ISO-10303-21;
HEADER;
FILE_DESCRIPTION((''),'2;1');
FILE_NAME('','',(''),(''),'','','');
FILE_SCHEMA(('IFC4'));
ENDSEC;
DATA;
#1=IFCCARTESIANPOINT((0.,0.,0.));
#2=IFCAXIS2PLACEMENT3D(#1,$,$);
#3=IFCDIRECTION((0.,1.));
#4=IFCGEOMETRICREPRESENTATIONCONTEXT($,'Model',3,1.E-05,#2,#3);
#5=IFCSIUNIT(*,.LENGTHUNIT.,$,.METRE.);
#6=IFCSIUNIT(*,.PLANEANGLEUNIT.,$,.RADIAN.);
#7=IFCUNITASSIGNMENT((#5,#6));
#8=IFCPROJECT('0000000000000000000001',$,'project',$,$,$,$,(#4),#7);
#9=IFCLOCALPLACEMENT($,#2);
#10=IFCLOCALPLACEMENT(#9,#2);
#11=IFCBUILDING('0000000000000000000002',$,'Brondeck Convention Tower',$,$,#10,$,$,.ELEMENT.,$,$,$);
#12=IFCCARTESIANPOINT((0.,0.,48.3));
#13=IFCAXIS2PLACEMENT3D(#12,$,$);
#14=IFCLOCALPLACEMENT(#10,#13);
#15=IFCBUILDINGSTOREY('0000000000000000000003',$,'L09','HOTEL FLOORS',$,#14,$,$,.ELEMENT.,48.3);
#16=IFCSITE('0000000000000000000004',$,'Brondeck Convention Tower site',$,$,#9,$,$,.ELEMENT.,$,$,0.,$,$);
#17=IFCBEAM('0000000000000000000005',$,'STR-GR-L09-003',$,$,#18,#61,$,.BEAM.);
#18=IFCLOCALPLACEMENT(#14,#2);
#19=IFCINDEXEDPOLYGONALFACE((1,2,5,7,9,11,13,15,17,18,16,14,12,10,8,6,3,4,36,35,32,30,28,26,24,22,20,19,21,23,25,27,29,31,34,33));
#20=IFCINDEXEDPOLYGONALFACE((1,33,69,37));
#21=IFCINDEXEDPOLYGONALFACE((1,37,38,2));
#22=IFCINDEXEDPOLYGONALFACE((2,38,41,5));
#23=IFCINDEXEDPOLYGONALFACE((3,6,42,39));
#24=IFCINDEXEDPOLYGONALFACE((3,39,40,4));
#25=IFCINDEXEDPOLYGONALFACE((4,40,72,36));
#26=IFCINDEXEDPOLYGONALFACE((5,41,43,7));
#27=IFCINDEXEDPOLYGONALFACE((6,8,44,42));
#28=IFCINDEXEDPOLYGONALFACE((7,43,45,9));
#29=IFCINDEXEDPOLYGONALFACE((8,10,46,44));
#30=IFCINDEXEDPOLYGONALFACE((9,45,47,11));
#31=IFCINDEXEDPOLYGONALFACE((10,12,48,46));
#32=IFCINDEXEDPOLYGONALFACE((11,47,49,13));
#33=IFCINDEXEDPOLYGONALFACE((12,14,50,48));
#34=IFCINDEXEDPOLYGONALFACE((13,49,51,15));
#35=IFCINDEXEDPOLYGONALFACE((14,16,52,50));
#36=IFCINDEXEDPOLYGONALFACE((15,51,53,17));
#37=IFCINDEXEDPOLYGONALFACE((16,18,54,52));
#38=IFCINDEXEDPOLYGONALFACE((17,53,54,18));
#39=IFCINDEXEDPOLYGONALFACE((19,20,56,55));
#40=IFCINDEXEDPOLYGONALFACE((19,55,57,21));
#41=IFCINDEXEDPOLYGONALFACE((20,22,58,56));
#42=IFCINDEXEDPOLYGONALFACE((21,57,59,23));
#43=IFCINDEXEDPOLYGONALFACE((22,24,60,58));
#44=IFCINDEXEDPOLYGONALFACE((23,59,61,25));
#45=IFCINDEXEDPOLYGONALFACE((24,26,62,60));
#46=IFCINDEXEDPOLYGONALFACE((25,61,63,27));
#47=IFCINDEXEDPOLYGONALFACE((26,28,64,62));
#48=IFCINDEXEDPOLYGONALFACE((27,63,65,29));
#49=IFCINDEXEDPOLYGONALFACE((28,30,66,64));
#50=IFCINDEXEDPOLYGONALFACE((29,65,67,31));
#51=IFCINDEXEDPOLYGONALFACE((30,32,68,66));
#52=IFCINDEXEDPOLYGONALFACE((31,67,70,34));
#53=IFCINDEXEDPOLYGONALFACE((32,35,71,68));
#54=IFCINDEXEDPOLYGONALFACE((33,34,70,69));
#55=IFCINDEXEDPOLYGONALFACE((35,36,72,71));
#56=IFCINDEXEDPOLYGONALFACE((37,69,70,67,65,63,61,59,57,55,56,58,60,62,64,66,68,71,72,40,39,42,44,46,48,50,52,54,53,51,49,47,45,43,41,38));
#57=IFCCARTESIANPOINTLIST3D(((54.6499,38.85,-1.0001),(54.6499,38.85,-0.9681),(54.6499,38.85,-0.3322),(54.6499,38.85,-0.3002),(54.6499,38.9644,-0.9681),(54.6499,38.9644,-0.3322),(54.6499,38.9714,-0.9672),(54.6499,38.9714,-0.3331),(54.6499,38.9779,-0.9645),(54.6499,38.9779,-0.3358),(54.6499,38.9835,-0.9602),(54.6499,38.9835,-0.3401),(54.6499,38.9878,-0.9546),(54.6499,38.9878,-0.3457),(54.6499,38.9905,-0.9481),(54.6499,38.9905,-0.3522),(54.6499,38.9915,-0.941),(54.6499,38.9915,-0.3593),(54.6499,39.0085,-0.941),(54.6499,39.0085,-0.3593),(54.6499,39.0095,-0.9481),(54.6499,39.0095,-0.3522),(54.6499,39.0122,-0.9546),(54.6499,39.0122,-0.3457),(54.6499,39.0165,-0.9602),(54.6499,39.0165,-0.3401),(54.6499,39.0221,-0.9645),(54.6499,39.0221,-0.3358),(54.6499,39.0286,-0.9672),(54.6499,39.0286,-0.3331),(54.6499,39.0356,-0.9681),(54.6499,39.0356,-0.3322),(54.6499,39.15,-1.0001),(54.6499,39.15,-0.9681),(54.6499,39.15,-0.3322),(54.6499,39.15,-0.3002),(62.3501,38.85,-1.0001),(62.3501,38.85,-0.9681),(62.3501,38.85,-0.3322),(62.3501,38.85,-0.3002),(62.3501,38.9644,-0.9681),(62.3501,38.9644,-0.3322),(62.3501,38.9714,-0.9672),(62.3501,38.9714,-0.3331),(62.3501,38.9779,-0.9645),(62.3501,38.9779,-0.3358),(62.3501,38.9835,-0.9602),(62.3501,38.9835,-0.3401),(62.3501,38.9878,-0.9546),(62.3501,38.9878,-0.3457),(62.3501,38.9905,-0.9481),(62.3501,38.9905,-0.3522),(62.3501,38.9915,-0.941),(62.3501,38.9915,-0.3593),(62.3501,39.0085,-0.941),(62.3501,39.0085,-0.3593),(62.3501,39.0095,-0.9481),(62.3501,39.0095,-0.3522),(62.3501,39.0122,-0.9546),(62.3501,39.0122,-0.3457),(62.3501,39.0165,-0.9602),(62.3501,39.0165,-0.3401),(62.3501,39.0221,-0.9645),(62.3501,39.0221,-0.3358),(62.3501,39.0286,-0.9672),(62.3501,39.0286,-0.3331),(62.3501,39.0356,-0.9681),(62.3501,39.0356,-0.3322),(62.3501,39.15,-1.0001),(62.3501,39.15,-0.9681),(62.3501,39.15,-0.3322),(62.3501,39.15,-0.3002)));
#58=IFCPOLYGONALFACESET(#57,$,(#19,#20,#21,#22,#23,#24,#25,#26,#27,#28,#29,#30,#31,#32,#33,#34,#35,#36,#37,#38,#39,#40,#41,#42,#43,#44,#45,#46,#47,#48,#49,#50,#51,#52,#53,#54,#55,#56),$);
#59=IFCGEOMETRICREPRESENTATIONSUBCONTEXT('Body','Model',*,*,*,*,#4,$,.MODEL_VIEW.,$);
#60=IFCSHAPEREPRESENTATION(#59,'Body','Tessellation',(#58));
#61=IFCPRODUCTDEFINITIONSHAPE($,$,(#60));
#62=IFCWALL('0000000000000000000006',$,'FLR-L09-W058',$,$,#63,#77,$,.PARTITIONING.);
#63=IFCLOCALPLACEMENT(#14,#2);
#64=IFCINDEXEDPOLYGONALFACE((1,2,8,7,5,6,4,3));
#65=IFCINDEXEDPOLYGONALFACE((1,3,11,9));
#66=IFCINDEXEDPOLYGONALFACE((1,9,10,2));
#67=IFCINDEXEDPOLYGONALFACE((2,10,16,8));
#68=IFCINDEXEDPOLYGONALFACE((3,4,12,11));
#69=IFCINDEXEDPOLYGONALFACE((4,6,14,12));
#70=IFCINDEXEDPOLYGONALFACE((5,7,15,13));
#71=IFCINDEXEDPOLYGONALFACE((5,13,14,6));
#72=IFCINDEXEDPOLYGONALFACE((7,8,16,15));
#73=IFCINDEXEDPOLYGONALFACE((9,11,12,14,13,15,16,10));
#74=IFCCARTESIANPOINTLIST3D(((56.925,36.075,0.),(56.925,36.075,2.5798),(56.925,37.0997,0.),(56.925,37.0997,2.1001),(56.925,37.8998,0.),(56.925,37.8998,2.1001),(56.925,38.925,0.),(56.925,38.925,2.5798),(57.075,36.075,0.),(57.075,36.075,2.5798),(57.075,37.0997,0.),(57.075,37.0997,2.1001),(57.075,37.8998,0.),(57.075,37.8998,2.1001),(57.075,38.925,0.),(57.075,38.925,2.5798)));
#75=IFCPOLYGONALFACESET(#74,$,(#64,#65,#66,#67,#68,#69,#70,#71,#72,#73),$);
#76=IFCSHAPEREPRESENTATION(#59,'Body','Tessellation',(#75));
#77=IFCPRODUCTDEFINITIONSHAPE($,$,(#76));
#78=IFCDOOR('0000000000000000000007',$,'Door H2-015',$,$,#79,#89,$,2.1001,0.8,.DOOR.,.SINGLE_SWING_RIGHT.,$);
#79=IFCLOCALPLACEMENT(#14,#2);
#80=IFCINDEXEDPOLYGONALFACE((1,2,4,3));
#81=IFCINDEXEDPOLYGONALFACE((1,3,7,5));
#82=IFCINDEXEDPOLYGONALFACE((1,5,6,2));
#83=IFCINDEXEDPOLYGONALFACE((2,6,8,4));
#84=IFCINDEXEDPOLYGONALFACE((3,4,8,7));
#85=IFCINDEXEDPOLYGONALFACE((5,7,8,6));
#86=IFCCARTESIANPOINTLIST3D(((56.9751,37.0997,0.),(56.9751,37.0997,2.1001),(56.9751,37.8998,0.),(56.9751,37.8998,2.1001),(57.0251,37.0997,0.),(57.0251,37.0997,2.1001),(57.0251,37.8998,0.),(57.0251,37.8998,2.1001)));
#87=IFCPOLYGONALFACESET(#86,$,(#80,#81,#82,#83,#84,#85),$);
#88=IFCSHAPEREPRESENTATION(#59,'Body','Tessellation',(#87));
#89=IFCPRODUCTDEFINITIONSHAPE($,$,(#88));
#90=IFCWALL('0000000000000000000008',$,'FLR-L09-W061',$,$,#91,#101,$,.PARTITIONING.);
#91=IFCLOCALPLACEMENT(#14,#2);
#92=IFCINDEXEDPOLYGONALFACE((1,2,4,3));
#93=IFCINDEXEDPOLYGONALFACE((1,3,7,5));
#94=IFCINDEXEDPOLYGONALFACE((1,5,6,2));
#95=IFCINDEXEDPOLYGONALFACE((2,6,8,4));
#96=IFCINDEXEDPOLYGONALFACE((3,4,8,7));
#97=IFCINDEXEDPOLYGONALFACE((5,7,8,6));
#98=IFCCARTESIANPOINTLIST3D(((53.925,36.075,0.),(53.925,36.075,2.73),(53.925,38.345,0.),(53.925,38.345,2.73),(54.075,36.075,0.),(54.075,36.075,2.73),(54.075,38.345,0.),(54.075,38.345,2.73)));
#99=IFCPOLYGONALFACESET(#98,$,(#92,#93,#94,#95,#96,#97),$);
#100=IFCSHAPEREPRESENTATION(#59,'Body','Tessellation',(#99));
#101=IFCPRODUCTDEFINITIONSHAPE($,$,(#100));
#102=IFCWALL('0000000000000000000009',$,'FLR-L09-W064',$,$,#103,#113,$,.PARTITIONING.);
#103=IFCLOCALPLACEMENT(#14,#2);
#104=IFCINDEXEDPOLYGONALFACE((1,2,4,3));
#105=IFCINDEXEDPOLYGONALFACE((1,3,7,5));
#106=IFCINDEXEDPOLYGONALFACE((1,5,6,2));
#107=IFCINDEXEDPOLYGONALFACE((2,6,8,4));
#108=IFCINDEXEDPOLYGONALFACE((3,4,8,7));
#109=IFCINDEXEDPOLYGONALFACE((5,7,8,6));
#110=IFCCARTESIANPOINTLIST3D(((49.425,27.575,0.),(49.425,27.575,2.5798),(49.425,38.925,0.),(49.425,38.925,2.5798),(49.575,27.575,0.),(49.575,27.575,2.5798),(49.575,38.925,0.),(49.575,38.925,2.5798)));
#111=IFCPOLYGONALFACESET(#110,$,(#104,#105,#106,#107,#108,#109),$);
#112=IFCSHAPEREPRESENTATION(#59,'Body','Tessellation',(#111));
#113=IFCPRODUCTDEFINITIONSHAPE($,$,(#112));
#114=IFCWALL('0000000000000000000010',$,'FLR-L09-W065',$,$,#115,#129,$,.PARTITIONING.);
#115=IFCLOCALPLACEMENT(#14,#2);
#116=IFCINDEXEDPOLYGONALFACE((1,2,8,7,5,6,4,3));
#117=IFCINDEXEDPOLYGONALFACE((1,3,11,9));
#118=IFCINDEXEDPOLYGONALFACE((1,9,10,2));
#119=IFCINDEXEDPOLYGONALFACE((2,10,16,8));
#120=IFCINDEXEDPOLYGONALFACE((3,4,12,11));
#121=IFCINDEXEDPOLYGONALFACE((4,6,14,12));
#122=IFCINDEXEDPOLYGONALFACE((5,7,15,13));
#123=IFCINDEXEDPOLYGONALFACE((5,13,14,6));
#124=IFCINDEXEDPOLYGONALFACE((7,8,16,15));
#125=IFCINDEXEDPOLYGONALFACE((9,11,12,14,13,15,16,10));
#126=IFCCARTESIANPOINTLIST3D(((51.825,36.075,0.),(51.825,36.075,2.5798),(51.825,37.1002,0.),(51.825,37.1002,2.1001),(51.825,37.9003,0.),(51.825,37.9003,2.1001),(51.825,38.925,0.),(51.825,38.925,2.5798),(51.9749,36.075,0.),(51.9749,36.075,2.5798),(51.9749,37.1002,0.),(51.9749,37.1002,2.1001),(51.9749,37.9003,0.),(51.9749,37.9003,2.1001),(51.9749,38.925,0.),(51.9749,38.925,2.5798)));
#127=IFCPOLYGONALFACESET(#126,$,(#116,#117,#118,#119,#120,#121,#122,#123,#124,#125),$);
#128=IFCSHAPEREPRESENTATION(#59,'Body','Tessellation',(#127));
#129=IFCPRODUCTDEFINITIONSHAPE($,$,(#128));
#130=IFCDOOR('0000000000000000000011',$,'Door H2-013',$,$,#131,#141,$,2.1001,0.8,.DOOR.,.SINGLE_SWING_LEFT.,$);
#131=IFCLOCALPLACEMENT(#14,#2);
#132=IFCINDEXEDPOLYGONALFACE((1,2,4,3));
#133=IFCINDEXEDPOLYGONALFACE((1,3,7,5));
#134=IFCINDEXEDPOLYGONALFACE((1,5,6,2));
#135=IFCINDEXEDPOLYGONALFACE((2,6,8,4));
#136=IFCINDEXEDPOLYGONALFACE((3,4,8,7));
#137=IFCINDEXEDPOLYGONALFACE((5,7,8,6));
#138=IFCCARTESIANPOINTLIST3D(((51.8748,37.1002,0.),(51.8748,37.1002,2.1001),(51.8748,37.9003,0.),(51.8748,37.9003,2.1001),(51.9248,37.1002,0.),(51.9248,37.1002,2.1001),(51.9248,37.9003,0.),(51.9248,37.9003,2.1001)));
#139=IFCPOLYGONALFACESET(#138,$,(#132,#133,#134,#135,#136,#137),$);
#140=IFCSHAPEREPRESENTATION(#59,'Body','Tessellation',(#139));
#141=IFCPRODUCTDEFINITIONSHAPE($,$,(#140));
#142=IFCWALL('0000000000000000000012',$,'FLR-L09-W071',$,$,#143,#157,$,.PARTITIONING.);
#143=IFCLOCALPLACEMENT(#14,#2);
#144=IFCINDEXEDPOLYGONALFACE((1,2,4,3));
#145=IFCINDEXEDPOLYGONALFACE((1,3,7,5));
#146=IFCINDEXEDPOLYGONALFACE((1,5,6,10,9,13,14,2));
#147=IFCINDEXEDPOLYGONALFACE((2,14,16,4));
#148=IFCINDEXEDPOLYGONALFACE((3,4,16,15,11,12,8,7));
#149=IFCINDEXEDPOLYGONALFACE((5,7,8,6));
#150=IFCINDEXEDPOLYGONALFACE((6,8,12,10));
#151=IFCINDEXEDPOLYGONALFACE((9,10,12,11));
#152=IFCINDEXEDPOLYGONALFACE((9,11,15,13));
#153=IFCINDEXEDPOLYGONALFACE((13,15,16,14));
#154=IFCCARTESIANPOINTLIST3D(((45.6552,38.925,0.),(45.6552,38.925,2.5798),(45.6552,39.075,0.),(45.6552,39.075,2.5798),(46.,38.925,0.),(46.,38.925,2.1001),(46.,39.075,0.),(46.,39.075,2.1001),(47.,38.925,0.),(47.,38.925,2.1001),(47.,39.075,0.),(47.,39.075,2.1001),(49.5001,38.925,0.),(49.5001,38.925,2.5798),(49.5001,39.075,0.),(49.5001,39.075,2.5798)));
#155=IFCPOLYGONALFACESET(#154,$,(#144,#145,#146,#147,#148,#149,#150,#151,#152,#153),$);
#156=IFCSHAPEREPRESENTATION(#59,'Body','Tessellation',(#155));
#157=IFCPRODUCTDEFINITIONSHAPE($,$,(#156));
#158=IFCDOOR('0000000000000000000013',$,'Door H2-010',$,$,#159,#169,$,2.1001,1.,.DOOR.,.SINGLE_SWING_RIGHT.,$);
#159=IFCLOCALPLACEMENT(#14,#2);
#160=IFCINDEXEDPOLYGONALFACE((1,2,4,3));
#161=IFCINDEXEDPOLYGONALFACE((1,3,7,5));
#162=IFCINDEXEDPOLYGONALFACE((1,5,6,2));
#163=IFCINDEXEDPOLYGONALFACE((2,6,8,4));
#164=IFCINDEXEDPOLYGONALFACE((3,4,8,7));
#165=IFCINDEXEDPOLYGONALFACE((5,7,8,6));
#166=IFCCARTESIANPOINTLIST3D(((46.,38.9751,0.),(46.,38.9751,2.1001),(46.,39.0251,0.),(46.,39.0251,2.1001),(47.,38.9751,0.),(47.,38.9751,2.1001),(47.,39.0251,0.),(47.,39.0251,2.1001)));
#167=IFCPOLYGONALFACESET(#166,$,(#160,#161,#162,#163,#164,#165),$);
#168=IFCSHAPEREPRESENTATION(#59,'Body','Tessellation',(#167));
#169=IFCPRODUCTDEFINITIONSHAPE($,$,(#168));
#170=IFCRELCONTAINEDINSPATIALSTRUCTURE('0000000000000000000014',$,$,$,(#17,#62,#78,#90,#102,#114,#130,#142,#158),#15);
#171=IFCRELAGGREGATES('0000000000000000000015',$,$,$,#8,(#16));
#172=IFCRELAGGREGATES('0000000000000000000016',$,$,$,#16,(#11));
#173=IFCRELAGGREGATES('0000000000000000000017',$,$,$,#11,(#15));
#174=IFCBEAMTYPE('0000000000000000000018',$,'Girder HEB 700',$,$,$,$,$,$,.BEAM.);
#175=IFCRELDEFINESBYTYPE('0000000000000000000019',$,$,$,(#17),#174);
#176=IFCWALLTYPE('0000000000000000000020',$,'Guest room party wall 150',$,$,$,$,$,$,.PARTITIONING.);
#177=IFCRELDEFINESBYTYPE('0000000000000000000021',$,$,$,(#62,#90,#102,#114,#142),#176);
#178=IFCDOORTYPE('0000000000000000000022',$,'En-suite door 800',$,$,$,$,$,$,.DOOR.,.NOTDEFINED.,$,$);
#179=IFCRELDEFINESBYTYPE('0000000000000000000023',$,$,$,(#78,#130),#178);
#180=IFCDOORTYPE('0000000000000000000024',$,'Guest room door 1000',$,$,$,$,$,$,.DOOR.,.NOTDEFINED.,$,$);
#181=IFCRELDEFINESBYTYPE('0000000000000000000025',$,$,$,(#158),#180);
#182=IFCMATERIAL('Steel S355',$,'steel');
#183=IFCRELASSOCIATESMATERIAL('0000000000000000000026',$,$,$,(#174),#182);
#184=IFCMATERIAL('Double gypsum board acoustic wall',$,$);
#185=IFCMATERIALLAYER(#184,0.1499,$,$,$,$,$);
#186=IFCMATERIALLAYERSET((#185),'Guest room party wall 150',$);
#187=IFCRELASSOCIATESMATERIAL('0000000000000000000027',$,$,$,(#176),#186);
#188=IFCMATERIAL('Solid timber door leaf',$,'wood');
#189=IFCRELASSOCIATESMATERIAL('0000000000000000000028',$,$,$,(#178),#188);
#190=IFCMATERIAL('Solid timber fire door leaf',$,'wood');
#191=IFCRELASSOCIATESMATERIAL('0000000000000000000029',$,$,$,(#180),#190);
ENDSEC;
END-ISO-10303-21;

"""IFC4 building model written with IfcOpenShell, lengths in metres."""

from ifc_helpers import new_model, si_unit, direction, frame, frame_2d, origin, origin_2d, place, context, subcontext, project, spatial, rectangle, i_section, extrude, material, layer, layer_set, material_profile, profile_set, type_object, element, fill, save


model = new_model("IFC4")

# Units and contexts
model_context = context("Model", 3, precision=1e-05, world=origin(), true_north=direction((0.0, 1.0)))
body_context = subcontext(model_context, "Body", "Model", "MODEL_VIEW")
ifc_project = project(units=[si_unit("LENGTHUNIT", "METRE"), si_unit("PLANEANGLEUNIT", "RADIAN")], contexts=[model_context])

# Site, building, storey
site_placement = place(None, origin())
site = spatial("IfcSite", under=ifc_project, at=site_placement, Name="Brondeck Convention Tower site", CompositionType="ELEMENT", RefElevation=0.0)
building_placement = place(site_placement, origin())
building = spatial("IfcBuilding", under=site, at=building_placement, Name="Brondeck Convention Tower", CompositionType="ELEMENT")
storey_placement = place(building_placement, frame((0.0, 0.0, 48.3)))
storey = spatial("IfcBuildingStorey", under=building, at=storey_placement, Name="L09", Description="HOTEL FLOORS", CompositionType="ELEMENT", Elevation=48.3)

# Beam
ifc_material_1 = material(Name="Steel S355", Category="steel")
ifc_material_profile_1 = material_profile(ifc_material_1, i_section(OverallWidth=0.3, OverallDepth=0.7, WebThickness=0.0171, FlangeThickness=0.032, FilletRadius=0.0271, at=origin_2d()), Name="HEB 700")
ifc_profile_set_1 = profile_set([ifc_material_profile_1], Name="Steel S355")
beam_type_1 = type_object("IfcBeamType", Name="Girder HEB 700", PredefinedType="BEAM", material=ifc_profile_set_1)
for number, where, z_axis, x_axis, name in (
    (1, (54.6499, 39.0, -0.6501), (1.0, 0.0, 0.0), (0.0, 1.0, 0.0), "STR-GR-L09-003"),
):
    element("IfcBeam", number, at=place(storey_placement, frame(where, z_axis=z_axis, x_axis=x_axis)), inside=storey, type_object=beam_type_1, Name=name, PredefinedType="BEAM", context=body_context, shape_type="SweptSolid", body=[
        extrude(i_section(OverallWidth=0.3, OverallDepth=0.7, WebThickness=0.0171, FlangeThickness=0.032, FilletRadius=0.0271, at=origin_2d()), origin(), (0.0, 0.0, 1.0), 7.7002),
    ])

# Wall, opening, door
ifc_material_2 = material(Name="Double gypsum board acoustic wall")
ifc_layer_1 = layer(ifc_material_2, 0.1499)
ifc_layer_set_1 = layer_set([ifc_layer_1], Name="Guest room party wall 150")
wall_type_1 = type_object("IfcWallType", Name="Guest room party wall 150", PredefinedType="PARTITIONING", material=ifc_layer_set_1)
wall_1_placement = place(storey_placement, frame((57.0, 36.075, 0.0), z_axis=(0.0, 0.0, 1.0), x_axis=(0.0, 1.0, 0.0)))
wall_1 = element("IfcWall", 2, at=wall_1_placement, inside=storey, type_object=wall_type_1, Name="FLR-L09-W058", PredefinedType="PARTITIONING", context=body_context, shape_type="SweptSolid", body=[
    extrude(rectangle(XDim=2.8501, YDim=0.1499, at=frame_2d((1.425, 0.0))), origin(), (0.0, 0.0, 1.0), 2.5798),
])
opening_1_placement = place(wall_1_placement, frame((1.0249, 0.0, 0.0)))
opening_1 = element("IfcOpeningElement", 3, at=opening_1_placement, cuts=wall_1, PredefinedType="OPENING", context=body_context, shape_type="SweptSolid", body=[
    extrude(rectangle(XDim=0.8, YDim=2.1001, at=frame_2d((0.3999, 1.05))), frame((0.0, 0.085, 0.0), z_axis=(0.0, -1.0, 0.0), x_axis=(1.0, 0.0, 0.0)), (0.0, 0.0, 1.0), 0.1699),
])
ifc_material_3 = material(Name="Solid timber door leaf", Category="wood")
door_type_1 = type_object("IfcDoorType", Name="En-suite door 800", OperationType="NOTDEFINED", PredefinedType="DOOR", material=ifc_material_3)
door_1_placement = place(opening_1_placement, origin())
door_1 = element("IfcDoor", 4, at=door_1_placement, inside=storey, type_object=door_type_1, Name="Door H2-015", OperationType="SINGLE_SWING_RIGHT", OverallHeight=2.1001, OverallWidth=0.8, PredefinedType="DOOR", context=body_context, shape_type="SweptSolid", body=[
    extrude(rectangle(XDim=0.8, YDim=2.1001, at=frame_2d((0.3999, 1.05))), frame((0.0, 0.0249, 0.0), z_axis=(0.0, -1.0, 0.0), x_axis=(1.0, 0.0, 0.0)), (0.0, 0.0, 1.0), 0.05),
])
fill(opening_1, door_1)

# Walls
wall_2_placement = place(storey_placement, frame((54.0, 38.345, 0.0), z_axis=(0.0, 0.0, 1.0), x_axis=(0.0, -1.0, 0.0)))
element("IfcWall", 5, at=wall_2_placement, inside=storey, type_object=wall_type_1, Name="FLR-L09-W061", PredefinedType="PARTITIONING", context=body_context, shape_type="SweptSolid", body=[
    extrude(rectangle(XDim=2.27, YDim=0.1499, at=frame_2d((1.135, 0.0))), origin(), (0.0, 0.0, 1.0), 2.73),
])
wall_3_placement = place(storey_placement, frame((49.5, 38.925, 0.0), z_axis=(0.0, 0.0, 1.0), x_axis=(0.0, -1.0, 0.0)))
element("IfcWall", 6, at=wall_3_placement, inside=storey, type_object=wall_type_1, Name="FLR-L09-W064", PredefinedType="PARTITIONING", context=body_context, shape_type="SweptSolid", body=[
    extrude(rectangle(XDim=11.3501, YDim=0.1499, at=frame_2d((5.675, 0.0))), origin(), (0.0, 0.0, 1.0), 2.5798),
])

# Walls, openings, doors
wall_4_placement = place(storey_placement, frame((51.8999, 38.925, 0.0), z_axis=(0.0, 0.0, 1.0), x_axis=(0.0, -1.0, 0.0)))
wall_4 = element("IfcWall", 7, at=wall_4_placement, inside=storey, type_object=wall_type_1, Name="FLR-L09-W065", PredefinedType="PARTITIONING", context=body_context, shape_type="SweptSolid", body=[
    extrude(rectangle(XDim=2.8501, YDim=0.1499, at=frame_2d((1.425, 0.0))), origin(), (0.0, 0.0, 1.0), 2.5798),
])
opening_2_placement = place(wall_4_placement, frame((1.0249, 0.0, 0.0)))
opening_2 = element("IfcOpeningElement", 8, at=opening_2_placement, cuts=wall_4, PredefinedType="OPENING", context=body_context, shape_type="SweptSolid", body=[
    extrude(rectangle(XDim=0.8, YDim=2.1001, at=frame_2d((0.3999, 1.05))), frame((0.0, 0.085, 0.0), z_axis=(0.0, -1.0, 0.0), x_axis=(1.0, 0.0, 0.0)), (0.0, 0.0, 1.0), 0.1699),
])
door_2_placement = place(opening_2_placement, origin())
door_2 = element("IfcDoor", 9, at=door_2_placement, inside=storey, type_object=door_type_1, Name="Door H2-013", OperationType="SINGLE_SWING_LEFT", OverallHeight=2.1001, OverallWidth=0.8, PredefinedType="DOOR", context=body_context, shape_type="SweptSolid", body=[
    extrude(rectangle(XDim=0.8, YDim=2.1001, at=frame_2d((0.3999, 1.05))), frame((0.0, 0.0249, 0.0), z_axis=(0.0, -1.0, 0.0), x_axis=(1.0, 0.0, 0.0)), (0.0, 0.0, 1.0), 0.05),
])
fill(opening_2, door_2)
wall_5_placement = place(storey_placement, frame((49.5, 39.0, 0.0), z_axis=(0.0, 0.0, 1.0), x_axis=(-1.0, 0.0, 0.0)))
wall_5 = element("IfcWall", 10, at=wall_5_placement, inside=storey, type_object=wall_type_1, Name="FLR-L09-W071", PredefinedType="PARTITIONING", context=body_context, shape_type="SweptSolid", body=[
    extrude(rectangle(XDim=3.845, YDim=0.1499, at=frame_2d((1.9224, 0.0))), origin(), (0.0, 0.0, 1.0), 2.5798),
])
opening_3_placement = place(wall_5_placement, frame((2.5, 0.0, 0.0)))
opening_3 = element("IfcOpeningElement", 11, at=opening_3_placement, cuts=wall_5, PredefinedType="OPENING", context=body_context, shape_type="SweptSolid", body=[
    extrude(rectangle(XDim=1.0, YDim=2.1001, at=frame_2d((0.5, 1.05))), frame((0.0, 0.085, 0.0), z_axis=(0.0, -1.0, 0.0), x_axis=(1.0, 0.0, 0.0)), (0.0, 0.0, 1.0), 0.1699),
])
ifc_material_4 = material(Name="Solid timber fire door leaf", Category="wood")
door_type_2 = type_object("IfcDoorType", Name="Guest room door 1000", OperationType="NOTDEFINED", PredefinedType="DOOR", material=ifc_material_4)
door_3_placement = place(opening_3_placement, origin())
door_3 = element("IfcDoor", 12, at=door_3_placement, inside=storey, type_object=door_type_2, Name="Door H2-010", OperationType="SINGLE_SWING_RIGHT", OverallHeight=2.1001, OverallWidth=1.0, PredefinedType="DOOR", context=body_context, shape_type="SweptSolid", body=[
    extrude(rectangle(XDim=1.0, YDim=2.1001, at=frame_2d((0.5, 1.05))), frame((0.0, 0.0249, 0.0), z_axis=(0.0, -1.0, 0.0), x_axis=(1.0, 0.0, 0.0)), (0.0, 0.0, 1.0), 0.05),
])
fill(opening_3, door_3)

save(model, "model.ifc")
